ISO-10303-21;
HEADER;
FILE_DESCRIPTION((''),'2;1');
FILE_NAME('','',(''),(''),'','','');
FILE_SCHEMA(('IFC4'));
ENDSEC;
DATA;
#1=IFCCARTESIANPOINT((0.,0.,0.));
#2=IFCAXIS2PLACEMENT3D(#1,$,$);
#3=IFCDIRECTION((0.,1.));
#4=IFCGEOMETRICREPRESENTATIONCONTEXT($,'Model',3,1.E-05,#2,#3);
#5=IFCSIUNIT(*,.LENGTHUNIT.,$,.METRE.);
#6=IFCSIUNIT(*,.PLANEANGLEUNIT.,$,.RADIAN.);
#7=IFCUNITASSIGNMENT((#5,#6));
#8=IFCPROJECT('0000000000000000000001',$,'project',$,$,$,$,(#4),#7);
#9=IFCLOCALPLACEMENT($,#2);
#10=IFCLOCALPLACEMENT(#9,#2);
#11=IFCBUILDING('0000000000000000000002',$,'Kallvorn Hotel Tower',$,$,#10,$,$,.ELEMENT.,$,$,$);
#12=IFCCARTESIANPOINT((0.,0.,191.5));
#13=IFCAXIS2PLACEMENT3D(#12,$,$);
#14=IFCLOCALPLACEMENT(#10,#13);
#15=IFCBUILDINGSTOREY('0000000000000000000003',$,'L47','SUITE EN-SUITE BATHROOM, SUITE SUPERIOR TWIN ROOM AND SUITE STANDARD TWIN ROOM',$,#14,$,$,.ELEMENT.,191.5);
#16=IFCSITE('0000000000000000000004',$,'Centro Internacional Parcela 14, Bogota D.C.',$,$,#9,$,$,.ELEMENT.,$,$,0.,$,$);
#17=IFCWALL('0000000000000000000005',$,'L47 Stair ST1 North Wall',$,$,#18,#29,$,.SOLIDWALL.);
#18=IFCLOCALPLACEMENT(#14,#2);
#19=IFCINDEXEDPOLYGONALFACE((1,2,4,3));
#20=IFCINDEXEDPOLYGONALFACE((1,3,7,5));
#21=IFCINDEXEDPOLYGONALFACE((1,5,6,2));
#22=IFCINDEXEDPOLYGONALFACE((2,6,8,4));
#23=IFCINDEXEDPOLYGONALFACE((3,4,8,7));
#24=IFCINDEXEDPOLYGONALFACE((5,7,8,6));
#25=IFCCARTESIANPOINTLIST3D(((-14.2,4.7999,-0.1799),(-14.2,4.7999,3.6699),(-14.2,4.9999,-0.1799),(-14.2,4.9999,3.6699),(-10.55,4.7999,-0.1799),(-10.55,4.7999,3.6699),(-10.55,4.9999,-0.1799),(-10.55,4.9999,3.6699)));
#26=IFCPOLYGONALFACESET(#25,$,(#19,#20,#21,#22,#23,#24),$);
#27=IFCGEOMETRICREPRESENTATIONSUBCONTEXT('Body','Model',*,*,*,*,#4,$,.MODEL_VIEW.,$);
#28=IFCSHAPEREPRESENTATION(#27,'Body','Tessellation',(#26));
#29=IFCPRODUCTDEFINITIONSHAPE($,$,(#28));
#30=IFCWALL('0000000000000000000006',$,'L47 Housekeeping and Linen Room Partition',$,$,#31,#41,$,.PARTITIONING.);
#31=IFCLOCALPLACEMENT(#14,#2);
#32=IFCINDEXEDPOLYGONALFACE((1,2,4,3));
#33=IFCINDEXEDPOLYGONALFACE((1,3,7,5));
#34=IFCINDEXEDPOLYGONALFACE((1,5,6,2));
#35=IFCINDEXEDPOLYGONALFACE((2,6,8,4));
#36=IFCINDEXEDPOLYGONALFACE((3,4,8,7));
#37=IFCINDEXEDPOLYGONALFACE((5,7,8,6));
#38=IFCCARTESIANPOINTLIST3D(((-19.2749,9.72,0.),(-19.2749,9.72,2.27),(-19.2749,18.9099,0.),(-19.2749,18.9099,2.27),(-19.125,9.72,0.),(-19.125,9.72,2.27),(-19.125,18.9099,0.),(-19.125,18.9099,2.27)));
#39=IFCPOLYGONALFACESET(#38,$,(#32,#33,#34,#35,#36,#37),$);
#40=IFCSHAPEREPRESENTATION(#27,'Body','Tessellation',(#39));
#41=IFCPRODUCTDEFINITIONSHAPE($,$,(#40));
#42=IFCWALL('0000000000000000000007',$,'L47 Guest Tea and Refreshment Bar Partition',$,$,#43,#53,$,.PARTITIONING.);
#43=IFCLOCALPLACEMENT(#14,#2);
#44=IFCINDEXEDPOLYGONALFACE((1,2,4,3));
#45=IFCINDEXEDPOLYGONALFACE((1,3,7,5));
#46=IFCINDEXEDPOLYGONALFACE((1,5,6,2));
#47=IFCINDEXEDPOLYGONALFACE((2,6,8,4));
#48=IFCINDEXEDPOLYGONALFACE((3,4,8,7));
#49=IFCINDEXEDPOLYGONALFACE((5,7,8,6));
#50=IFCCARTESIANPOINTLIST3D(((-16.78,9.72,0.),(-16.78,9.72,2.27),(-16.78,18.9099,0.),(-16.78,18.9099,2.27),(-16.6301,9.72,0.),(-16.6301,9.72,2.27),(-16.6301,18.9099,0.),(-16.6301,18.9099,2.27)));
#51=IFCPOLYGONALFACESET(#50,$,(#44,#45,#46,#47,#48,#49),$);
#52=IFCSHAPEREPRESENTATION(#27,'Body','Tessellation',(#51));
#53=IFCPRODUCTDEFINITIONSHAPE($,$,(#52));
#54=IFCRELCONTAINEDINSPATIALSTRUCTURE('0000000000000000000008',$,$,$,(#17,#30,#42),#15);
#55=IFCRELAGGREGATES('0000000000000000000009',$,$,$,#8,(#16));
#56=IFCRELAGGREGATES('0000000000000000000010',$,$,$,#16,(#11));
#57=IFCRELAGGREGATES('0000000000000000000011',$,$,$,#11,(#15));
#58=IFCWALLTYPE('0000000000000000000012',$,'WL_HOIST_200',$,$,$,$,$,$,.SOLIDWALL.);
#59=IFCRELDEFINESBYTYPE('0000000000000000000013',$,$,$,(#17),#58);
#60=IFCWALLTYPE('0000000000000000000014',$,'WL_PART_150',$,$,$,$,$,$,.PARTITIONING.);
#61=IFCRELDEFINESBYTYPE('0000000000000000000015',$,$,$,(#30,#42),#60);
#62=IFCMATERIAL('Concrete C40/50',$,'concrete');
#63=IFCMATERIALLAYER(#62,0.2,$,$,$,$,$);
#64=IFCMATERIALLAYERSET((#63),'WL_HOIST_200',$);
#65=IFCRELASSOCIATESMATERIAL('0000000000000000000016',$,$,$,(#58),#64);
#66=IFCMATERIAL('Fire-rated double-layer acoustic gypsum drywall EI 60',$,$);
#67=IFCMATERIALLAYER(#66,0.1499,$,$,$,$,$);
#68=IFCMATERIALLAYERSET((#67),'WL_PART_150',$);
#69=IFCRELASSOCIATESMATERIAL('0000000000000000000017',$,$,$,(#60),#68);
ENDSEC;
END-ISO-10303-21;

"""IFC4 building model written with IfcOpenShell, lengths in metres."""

from ifc_helpers import new_model, si_unit, direction, frame, frame_2d, origin, place, context, subcontext, project, spatial, rectangle, extrude, material, layer, layer_set, type_object, element, save


model = new_model("IFC4")

# Units and contexts
model_context = context("Model", 3, precision=1e-05, world=origin(), true_north=direction((0.0, 1.0)))
body_context = subcontext(model_context, "Body", "Model", "MODEL_VIEW")
ifc_project = project(units=[si_unit("LENGTHUNIT", "METRE"), si_unit("PLANEANGLEUNIT", "RADIAN")], contexts=[model_context])

# Site, building, storey
site_placement = place(None, origin())
site = spatial("IfcSite", under=ifc_project, at=site_placement, Name="Centro Internacional Parcela 14, Bogota D.C.", CompositionType="ELEMENT", RefElevation=0.0)
building_placement = place(site_placement, origin())
building = spatial("IfcBuilding", under=site, at=building_placement, Name="Kallvorn Hotel Tower", CompositionType="ELEMENT")
storey_placement = place(building_placement, frame((0.0, 0.0, 191.5)))
storey = spatial("IfcBuildingStorey", under=building, at=storey_placement, Name="L47", Description="SUITE EN-SUITE BATHROOM, SUITE SUPERIOR TWIN ROOM AND SUITE STANDARD TWIN ROOM", CompositionType="ELEMENT", Elevation=191.5)

# Walls
ifc_material_1 = material(Name="Concrete C40/50", Category="concrete")
ifc_layer_1 = layer(ifc_material_1, 0.2)
ifc_layer_set_1 = layer_set([ifc_layer_1], Name="WL_HOIST_200")
wall_type_1 = type_object("IfcWallType", Name="WL_HOIST_200", PredefinedType="SOLIDWALL", material=ifc_layer_set_1)
wall_1_placement = place(storey_placement, frame((-14.2, 4.8999, -0.1799), z_axis=(0.0, 0.0, 1.0), x_axis=(1.0, 0.0, 0.0)))
element("IfcWall", 1, at=wall_1_placement, inside=storey, type_object=wall_type_1, Name="L47 Stair ST1 North Wall", PredefinedType="SOLIDWALL", context=body_context, shape_type="SweptSolid", body=[
    extrude(rectangle(XDim=3.6499, YDim=0.2, at=frame_2d((1.825, 0.0))), origin(), (0.0, 0.0, 1.0), 3.8499),
])
ifc_material_2 = material(Name="Fire-rated double-layer acoustic gypsum drywall EI 60")
ifc_layer_2 = layer(ifc_material_2, 0.1499)
ifc_layer_set_2 = layer_set([ifc_layer_2], Name="WL_PART_150")
wall_type_2 = type_object("IfcWallType", Name="WL_PART_150", PredefinedType="PARTITIONING", material=ifc_layer_set_2)
for number, where, z_axis, x_axis, name in (
    (2, (-19.2, 9.72, 0.0), (0.0, 0.0, 1.0), (0.0, 1.0, 0.0), "L47 Housekeeping and Linen Room Partition"),
    (3, (-16.7051, 9.72, 0.0), (0.0, 0.0, 1.0), (0.0, 1.0, 0.0), "L47 Guest Tea and Refreshment Bar Partition"),
):
    element("IfcWall", number, at=place(storey_placement, frame(where, z_axis=z_axis, x_axis=x_axis)), inside=storey, type_object=wall_type_2, Name=name, PredefinedType="PARTITIONING", context=body_context, shape_type="SweptSolid", body=[
        extrude(rectangle(XDim=9.1899, YDim=0.1499, at=frame_2d((4.595, 0.0))), origin(), (0.0, 0.0, 1.0), 2.27),
    ])

save(model, "model.ifc")
